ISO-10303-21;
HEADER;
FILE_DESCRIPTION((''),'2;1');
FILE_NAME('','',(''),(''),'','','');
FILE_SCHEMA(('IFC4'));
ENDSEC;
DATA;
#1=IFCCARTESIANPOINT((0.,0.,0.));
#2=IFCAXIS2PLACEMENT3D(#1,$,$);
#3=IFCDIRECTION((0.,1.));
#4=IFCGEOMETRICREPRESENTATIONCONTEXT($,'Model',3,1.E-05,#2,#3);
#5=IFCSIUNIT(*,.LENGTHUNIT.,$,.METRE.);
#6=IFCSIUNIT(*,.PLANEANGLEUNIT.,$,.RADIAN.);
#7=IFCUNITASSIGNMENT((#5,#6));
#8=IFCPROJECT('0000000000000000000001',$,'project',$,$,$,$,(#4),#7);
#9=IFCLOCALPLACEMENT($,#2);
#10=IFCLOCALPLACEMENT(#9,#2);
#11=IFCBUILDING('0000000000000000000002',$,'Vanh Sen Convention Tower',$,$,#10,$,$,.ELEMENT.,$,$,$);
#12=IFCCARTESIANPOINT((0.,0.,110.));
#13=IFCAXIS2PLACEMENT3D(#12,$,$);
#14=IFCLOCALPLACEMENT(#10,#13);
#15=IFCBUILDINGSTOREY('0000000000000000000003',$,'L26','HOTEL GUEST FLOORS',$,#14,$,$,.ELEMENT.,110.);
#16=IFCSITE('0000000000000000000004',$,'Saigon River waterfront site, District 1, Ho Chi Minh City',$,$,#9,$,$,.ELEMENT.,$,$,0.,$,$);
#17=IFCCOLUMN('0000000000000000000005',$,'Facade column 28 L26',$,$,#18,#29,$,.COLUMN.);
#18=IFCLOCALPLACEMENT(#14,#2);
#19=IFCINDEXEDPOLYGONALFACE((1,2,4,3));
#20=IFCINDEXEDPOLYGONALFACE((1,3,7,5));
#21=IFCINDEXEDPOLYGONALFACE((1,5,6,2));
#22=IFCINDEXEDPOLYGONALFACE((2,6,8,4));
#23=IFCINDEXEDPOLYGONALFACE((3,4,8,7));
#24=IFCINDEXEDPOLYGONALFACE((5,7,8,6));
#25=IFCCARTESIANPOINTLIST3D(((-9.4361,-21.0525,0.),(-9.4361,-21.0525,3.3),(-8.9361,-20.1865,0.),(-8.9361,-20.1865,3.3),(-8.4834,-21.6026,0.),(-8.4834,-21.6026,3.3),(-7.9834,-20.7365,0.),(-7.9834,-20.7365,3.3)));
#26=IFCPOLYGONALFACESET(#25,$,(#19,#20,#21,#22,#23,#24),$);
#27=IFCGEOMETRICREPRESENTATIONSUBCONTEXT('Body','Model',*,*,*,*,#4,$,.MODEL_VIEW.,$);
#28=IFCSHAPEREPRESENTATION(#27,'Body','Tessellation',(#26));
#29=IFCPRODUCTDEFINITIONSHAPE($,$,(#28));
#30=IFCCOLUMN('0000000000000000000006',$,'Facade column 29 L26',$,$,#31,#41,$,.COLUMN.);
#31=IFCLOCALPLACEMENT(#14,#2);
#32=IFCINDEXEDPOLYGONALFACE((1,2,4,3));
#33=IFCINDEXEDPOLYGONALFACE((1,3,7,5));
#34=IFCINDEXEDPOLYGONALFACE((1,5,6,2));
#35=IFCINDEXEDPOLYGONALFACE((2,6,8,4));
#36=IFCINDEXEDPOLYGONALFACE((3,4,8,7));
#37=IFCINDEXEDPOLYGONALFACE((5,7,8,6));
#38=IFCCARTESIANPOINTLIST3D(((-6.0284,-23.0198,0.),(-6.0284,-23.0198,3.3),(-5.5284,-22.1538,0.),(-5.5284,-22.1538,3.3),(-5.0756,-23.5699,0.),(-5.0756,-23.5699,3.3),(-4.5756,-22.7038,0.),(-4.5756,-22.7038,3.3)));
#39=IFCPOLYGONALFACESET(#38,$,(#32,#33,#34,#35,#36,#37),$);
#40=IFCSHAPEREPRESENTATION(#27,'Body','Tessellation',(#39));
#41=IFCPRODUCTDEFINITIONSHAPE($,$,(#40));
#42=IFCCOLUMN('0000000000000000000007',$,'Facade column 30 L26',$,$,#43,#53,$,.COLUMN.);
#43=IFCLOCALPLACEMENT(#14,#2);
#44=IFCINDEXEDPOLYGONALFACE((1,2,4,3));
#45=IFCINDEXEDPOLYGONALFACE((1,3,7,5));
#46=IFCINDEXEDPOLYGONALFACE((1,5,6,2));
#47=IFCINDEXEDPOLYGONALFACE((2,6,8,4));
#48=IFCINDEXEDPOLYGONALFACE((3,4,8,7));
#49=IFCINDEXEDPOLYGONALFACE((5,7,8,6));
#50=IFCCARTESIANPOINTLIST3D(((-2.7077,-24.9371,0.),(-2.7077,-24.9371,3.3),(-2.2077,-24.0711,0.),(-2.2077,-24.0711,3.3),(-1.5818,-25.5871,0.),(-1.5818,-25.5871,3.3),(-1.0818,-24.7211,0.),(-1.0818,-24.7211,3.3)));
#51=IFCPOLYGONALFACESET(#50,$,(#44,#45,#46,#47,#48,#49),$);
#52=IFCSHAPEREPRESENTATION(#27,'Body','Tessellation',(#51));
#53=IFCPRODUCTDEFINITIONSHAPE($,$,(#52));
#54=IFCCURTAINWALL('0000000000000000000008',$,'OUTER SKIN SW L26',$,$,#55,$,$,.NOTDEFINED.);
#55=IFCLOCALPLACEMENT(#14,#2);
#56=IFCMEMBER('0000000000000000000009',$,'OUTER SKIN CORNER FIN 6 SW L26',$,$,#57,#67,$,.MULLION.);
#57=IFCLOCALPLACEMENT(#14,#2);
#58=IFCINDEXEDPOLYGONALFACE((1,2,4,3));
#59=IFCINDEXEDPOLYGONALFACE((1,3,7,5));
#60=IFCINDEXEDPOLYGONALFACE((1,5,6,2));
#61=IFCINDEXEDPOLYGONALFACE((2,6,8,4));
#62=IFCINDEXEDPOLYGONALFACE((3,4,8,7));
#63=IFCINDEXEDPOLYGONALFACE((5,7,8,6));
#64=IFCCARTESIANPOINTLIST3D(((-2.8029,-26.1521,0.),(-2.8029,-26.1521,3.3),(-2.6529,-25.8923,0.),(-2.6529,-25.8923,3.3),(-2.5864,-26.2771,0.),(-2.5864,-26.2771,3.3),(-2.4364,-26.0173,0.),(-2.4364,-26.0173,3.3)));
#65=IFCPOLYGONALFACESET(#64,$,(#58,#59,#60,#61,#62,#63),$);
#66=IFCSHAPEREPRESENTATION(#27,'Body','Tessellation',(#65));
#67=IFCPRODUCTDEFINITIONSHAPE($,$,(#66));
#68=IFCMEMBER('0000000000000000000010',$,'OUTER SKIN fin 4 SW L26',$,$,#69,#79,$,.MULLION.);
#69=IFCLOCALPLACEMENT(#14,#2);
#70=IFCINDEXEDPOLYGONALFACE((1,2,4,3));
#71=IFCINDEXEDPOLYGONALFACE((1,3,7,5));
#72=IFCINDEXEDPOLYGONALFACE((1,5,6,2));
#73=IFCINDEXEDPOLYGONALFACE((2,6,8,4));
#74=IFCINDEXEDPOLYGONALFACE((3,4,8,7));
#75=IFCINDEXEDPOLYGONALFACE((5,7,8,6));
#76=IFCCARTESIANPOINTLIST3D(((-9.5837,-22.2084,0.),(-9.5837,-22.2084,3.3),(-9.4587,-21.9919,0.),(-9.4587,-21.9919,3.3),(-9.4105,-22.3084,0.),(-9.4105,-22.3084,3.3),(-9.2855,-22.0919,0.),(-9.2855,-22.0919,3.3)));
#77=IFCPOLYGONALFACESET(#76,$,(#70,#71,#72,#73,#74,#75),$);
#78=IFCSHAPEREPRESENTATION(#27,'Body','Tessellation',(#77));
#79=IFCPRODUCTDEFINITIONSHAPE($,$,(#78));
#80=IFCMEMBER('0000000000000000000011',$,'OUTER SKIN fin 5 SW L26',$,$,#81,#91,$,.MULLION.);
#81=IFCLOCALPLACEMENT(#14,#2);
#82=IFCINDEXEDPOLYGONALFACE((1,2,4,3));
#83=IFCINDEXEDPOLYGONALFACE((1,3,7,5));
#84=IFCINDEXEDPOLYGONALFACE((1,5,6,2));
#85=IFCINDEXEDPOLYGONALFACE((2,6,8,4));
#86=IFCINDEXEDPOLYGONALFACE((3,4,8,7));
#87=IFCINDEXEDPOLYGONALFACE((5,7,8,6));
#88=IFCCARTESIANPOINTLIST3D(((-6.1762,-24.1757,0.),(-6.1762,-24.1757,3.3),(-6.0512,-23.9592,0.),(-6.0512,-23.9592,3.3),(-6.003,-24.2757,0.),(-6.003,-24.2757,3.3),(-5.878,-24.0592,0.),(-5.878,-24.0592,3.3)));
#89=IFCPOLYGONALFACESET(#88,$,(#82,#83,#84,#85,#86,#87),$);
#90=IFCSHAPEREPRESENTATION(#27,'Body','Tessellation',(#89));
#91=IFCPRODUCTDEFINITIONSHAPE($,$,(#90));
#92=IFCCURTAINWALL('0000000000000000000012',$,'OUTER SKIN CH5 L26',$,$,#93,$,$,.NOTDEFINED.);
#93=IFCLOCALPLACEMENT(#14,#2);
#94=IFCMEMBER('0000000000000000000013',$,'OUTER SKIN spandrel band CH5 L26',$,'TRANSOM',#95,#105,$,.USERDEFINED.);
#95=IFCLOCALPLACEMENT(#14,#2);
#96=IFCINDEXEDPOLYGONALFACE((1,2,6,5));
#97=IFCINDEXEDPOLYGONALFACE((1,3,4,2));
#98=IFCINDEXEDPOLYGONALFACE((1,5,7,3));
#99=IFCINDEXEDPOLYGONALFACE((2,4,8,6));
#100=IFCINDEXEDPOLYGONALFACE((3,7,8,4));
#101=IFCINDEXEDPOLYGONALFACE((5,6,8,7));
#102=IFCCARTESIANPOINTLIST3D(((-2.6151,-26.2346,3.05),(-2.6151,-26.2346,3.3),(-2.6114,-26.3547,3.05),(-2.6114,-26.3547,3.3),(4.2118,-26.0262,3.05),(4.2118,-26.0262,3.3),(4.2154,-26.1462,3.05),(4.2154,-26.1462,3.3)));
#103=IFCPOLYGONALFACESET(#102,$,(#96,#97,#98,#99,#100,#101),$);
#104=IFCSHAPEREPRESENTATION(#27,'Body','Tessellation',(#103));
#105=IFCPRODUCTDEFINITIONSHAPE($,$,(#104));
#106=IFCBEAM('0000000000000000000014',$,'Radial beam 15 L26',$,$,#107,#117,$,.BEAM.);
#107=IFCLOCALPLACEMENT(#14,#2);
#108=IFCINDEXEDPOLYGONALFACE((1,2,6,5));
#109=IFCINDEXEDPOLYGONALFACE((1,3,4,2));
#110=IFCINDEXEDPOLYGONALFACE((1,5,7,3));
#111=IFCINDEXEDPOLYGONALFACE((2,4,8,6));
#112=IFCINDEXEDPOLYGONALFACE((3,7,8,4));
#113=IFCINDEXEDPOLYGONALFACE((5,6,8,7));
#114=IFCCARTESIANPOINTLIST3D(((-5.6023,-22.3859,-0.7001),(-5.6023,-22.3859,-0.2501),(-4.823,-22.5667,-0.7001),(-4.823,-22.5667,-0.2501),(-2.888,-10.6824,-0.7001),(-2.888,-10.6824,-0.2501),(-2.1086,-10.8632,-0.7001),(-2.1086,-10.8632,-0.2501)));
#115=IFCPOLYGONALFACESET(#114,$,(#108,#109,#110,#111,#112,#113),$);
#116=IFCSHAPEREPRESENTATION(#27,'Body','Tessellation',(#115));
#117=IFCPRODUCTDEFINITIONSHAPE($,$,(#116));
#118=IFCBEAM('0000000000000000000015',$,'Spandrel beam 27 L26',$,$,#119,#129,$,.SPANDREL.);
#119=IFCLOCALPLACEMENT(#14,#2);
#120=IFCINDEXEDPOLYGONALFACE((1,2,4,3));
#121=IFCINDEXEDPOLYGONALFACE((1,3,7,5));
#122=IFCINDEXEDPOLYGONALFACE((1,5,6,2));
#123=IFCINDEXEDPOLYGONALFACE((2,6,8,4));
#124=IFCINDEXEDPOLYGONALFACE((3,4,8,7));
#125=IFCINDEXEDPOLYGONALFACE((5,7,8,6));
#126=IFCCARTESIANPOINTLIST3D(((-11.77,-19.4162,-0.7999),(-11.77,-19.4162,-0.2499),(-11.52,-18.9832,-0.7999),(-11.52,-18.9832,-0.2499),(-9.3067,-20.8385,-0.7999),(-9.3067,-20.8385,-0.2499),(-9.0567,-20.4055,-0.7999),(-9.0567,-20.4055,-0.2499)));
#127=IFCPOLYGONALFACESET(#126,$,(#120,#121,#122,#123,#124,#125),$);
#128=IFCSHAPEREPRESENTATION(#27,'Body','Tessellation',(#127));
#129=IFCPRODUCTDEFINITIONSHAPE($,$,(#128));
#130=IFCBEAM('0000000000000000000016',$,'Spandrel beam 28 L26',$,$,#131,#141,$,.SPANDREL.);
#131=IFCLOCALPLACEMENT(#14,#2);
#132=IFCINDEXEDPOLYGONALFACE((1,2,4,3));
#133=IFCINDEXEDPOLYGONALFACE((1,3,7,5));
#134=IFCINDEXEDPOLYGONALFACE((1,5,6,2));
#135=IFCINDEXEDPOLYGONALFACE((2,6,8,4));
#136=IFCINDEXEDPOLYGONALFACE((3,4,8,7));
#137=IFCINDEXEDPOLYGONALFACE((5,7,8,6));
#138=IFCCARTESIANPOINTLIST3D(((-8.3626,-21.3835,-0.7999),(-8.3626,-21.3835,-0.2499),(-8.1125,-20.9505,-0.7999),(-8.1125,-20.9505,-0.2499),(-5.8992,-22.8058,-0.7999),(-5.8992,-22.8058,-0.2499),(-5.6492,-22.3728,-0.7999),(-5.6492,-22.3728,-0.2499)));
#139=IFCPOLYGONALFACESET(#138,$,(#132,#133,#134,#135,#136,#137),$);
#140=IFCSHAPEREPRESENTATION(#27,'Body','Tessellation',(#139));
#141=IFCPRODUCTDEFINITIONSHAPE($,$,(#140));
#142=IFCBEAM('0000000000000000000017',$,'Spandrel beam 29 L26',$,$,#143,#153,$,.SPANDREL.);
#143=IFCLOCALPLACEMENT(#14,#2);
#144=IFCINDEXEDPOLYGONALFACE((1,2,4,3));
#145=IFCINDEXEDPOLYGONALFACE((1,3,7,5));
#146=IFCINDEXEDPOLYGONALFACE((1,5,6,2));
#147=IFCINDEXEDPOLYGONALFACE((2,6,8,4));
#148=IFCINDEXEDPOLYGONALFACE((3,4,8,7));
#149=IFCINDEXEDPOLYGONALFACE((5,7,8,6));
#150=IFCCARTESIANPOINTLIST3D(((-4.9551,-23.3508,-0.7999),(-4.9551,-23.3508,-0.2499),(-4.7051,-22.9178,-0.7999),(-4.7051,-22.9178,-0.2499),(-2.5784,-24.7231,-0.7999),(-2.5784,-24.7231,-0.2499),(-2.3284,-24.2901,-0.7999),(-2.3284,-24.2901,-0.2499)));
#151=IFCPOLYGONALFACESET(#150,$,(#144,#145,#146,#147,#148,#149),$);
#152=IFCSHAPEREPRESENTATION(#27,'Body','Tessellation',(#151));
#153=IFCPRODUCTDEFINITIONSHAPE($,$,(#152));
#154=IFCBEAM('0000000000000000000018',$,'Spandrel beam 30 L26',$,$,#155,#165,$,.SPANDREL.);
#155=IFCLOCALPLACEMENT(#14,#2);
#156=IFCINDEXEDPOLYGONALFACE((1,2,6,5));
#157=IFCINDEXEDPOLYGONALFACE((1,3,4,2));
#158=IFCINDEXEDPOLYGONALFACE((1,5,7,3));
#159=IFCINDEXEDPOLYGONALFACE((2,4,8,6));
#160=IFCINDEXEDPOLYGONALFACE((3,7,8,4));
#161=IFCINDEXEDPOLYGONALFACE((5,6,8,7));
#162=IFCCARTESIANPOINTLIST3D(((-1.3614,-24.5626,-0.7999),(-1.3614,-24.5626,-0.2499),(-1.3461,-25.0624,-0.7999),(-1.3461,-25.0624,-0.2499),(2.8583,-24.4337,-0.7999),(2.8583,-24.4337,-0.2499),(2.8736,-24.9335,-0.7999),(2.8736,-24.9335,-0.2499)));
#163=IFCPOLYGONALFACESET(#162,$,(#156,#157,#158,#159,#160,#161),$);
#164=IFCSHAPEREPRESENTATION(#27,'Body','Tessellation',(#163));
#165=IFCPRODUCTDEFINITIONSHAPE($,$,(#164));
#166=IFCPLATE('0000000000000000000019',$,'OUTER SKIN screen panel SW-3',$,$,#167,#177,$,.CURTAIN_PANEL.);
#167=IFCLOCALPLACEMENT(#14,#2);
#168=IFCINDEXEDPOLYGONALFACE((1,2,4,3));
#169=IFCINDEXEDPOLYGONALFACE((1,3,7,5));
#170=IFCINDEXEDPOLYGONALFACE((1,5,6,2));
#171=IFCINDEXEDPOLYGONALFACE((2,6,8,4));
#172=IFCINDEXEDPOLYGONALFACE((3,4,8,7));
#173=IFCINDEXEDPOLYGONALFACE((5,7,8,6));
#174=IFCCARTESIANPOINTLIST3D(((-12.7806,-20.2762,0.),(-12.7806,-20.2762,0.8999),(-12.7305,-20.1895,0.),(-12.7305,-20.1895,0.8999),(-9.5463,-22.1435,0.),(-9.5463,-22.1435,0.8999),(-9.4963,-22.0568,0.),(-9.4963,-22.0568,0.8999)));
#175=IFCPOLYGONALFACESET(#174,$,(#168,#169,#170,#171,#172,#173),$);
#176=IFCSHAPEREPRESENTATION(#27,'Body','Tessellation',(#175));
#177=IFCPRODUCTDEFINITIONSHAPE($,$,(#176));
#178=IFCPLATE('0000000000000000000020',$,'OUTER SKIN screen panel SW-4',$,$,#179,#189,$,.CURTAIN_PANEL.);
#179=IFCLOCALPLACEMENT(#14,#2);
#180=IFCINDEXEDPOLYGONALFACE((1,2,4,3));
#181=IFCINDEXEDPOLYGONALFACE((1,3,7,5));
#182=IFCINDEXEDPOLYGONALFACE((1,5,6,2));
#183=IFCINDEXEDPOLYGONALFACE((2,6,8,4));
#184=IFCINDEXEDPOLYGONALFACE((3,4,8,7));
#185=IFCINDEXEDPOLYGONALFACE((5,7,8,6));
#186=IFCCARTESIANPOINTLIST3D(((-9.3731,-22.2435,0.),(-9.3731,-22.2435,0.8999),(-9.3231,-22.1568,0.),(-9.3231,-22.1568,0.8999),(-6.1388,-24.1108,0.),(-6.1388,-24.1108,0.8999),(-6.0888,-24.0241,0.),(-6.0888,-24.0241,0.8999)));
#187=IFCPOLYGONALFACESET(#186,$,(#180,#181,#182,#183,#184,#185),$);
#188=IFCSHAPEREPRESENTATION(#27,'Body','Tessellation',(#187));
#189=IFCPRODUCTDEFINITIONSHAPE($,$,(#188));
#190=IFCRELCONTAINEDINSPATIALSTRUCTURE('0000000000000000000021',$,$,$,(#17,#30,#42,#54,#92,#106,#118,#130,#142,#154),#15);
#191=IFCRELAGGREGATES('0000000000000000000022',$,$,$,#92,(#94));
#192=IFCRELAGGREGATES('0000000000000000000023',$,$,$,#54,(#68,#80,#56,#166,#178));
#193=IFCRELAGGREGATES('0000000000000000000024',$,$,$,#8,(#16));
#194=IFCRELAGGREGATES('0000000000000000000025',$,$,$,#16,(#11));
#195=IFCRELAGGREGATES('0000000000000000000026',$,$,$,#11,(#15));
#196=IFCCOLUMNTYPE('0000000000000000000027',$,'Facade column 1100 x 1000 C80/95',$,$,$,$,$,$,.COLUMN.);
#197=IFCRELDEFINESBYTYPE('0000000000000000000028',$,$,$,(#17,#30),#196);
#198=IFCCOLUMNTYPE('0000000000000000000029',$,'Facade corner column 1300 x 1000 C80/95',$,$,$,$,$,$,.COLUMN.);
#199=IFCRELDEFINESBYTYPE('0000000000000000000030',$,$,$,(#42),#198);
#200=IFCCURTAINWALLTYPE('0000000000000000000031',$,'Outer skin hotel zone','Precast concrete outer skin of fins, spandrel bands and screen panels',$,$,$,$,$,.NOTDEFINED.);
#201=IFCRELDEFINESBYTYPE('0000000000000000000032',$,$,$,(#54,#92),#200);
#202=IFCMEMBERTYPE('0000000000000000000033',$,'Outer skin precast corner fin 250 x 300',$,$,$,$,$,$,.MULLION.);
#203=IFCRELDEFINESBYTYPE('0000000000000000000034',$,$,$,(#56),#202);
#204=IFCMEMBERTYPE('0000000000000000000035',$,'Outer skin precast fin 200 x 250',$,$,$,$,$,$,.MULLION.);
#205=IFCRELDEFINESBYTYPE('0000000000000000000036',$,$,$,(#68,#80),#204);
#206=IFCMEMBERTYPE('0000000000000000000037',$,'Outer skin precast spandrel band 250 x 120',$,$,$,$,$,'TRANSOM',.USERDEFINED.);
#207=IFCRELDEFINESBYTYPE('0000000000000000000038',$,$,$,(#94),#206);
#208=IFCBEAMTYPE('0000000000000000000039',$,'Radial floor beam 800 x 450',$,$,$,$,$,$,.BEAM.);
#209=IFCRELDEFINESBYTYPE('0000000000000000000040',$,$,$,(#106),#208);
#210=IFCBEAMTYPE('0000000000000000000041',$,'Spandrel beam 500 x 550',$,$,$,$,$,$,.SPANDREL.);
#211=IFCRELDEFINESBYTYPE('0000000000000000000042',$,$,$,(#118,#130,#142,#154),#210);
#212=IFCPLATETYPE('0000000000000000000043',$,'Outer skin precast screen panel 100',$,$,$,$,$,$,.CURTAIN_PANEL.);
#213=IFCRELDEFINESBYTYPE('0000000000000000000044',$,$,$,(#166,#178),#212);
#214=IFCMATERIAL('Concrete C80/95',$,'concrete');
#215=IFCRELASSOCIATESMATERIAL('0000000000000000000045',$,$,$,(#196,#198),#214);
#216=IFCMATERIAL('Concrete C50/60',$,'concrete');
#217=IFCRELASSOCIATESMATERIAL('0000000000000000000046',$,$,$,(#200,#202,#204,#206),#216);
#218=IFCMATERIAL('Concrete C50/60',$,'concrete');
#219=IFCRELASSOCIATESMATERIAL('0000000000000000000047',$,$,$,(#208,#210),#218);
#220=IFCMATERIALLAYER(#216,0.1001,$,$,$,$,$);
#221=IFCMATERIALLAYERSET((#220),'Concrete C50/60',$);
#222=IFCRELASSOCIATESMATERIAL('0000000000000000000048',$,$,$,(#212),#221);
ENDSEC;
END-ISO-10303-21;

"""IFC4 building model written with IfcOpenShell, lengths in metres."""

from ifc_helpers import new_model, si_unit, direction, frame, origin, origin_2d, place, context, subcontext, project, spatial, rectangle, extrude, material, layer, layer_set, material_profile, profile_set, type_object, element, aggregate, save


model = new_model("IFC4")

# Units and contexts
model_context = context("Model", 3, precision=1e-05, world=origin(), true_north=direction((0.0, 1.0)))
body_context = subcontext(model_context, "Body", "Model", "MODEL_VIEW")
ifc_project = project(units=[si_unit("LENGTHUNIT", "METRE"), si_unit("PLANEANGLEUNIT", "RADIAN")], contexts=[model_context])

# Site, building, storey
site_placement = place(None, origin())
site = spatial("IfcSite", under=ifc_project, at=site_placement, Name="Saigon River waterfront site, District 1, Ho Chi Minh City", CompositionType="ELEMENT", RefElevation=0.0)
building_placement = place(site_placement, origin())
building = spatial("IfcBuilding", under=site, at=building_placement, Name="Vanh Sen Convention Tower", CompositionType="ELEMENT")
storey_placement = place(building_placement, frame((0.0, 0.0, 110.0)))
storey = spatial("IfcBuildingStorey", under=building, at=storey_placement, Name="L26", Description="HOTEL GUEST FLOORS", CompositionType="ELEMENT", Elevation=110.0)

# Columns
ifc_material_1 = material(Name="Concrete C80/95", Category="concrete")
ifc_material_profile_1 = material_profile(ifc_material_1, rectangle(XDim=1.1001, YDim=1.0, at=origin_2d()), Name="RC 1100X1000")
ifc_profile_set_1 = profile_set([ifc_material_profile_1], Name="Concrete C80/95")
column_type_1 = type_object("IfcColumnType", Name="Facade column 1100 x 1000 C80/95", PredefinedType="COLUMN", material=ifc_profile_set_1)
for number, where, z_axis, x_axis, name in (
    (1, (-8.7097, -20.8945, 0.0), (0.0, 0.0, 1.0), (0.866025, -0.5, 0.0), "Facade column 28 L26"),
    (2, (-5.302, -22.8618, 0.0), (0.0, 0.0, 1.0), (0.866025, -0.5, 0.0), "Facade column 29 L26"),
):
    element("IfcColumn", number, at=place(storey_placement, frame(where, z_axis=z_axis, x_axis=x_axis)), inside=storey, type_object=column_type_1, Name=name, PredefinedType="COLUMN", context=body_context, shape_type="SweptSolid", body=[
        extrude(rectangle(XDim=1.1001, YDim=1.0, at=origin_2d()), origin(), (0.0, 0.0, 1.0), 3.3),
    ])
ifc_material_profile_2 = material_profile(ifc_material_1, rectangle(XDim=1.3, YDim=1.0, at=origin_2d()), Name="RC 1300X1000")
ifc_profile_set_2 = profile_set([ifc_material_profile_2], Name="Concrete C80/95")
column_type_2 = type_object("IfcColumnType", Name="Facade corner column 1300 x 1000 C80/95", PredefinedType="COLUMN", material=ifc_profile_set_2)
column_placement = place(storey_placement, frame((-1.8948, -24.8291, 0.0), z_axis=(0.0, 0.0, 1.0), x_axis=(0.866025, -0.5, 0.0)))
element("IfcColumn", 3, at=column_placement, inside=storey, type_object=column_type_2, Name="Facade column 30 L26", PredefinedType="COLUMN", context=body_context, shape_type="SweptSolid", body=[
    extrude(rectangle(XDim=1.3, YDim=1.0, at=origin_2d()), origin(), (0.0, 0.0, 1.0), 3.3),
])

# Curtain wall, members
ifc_material_2 = material(Name="Concrete C50/60", Category="concrete")
curtain_wall_type = type_object("IfcCurtainWallType", Name="Outer skin hotel zone", Description="Precast concrete outer skin of fins, spandrel bands and screen panels", PredefinedType="NOTDEFINED", material=ifc_material_2)
curtain_wall_1_placement = place(storey_placement, origin())
curtain_wall_1 = element("IfcCurtainWall", 4, at=curtain_wall_1_placement, inside=storey, type_object=curtain_wall_type, Name="OUTER SKIN SW L26", PredefinedType="NOTDEFINED")
ifc_material_profile_3 = material_profile(ifc_material_2, rectangle(XDim=0.25, YDim=0.3, at=origin_2d()), Name="Outer skin precast corner fin 250 x 300")
ifc_profile_set_3 = profile_set([ifc_material_profile_3], Name="Concrete C50/60")
member_type_1 = type_object("IfcMemberType", Name="Outer skin precast corner fin 250 x 300", PredefinedType="MULLION", material=ifc_profile_set_3)
member_1_placement = place(storey_placement, frame((-2.6196, -26.0847, 0.0), z_axis=(0.0, 0.0, 1.0), x_axis=(0.866025, -0.5, 0.0)))
member_1 = element("IfcMember", 5, at=member_1_placement, type_object=member_type_1, Name="OUTER SKIN CORNER FIN 6 SW L26", PredefinedType="MULLION", context=body_context, shape_type="SweptSolid", body=[
    extrude(rectangle(XDim=0.25, YDim=0.3, at=origin_2d()), origin(), (0.0, 0.0, 1.0), 3.3),
])
ifc_material_profile_4 = material_profile(ifc_material_2, rectangle(XDim=0.2, YDim=0.25, at=origin_2d()), Name="Outer skin precast fin 200 x 250")
ifc_profile_set_4 = profile_set([ifc_material_profile_4], Name="Concrete C50/60")
member_type_2 = type_object("IfcMemberType", Name="Outer skin precast fin 200 x 250", PredefinedType="MULLION", material=ifc_profile_set_4)
member_2_placement = place(storey_placement, frame((-9.4346, -22.1501, 0.0), z_axis=(0.0, 0.0, 1.0), x_axis=(0.866025, -0.5, 0.0)))
member_2 = element("IfcMember", 6, at=member_2_placement, type_object=member_type_2, Name="OUTER SKIN fin 4 SW L26", PredefinedType="MULLION", context=body_context, shape_type="SweptSolid", body=[
    extrude(rectangle(XDim=0.2, YDim=0.25, at=origin_2d()), origin(), (0.0, 0.0, 1.0), 3.3),
])
member_3_placement = place(storey_placement, frame((-6.0271, -24.1174, 0.0), z_axis=(0.0, 0.0, 1.0), x_axis=(0.866025, -0.5, 0.0)))
member_3 = element("IfcMember", 7, at=member_3_placement, type_object=member_type_2, Name="OUTER SKIN fin 5 SW L26", PredefinedType="MULLION", context=body_context, shape_type="SweptSolid", body=[
    extrude(rectangle(XDim=0.2, YDim=0.25, at=origin_2d()), origin(), (0.0, 0.0, 1.0), 3.3),
])

# Curtain wall, member
curtain_wall_2_placement = place(storey_placement, origin())
curtain_wall_2 = element("IfcCurtainWall", 8, at=curtain_wall_2_placement, inside=storey, type_object=curtain_wall_type, Name="OUTER SKIN CH5 L26", PredefinedType="NOTDEFINED")
ifc_material_profile_5 = material_profile(ifc_material_2, rectangle(XDim=0.1201, YDim=0.25, at=origin_2d()), Name="Outer skin precast spandrel band 250 x 120")
ifc_profile_set_5 = profile_set([ifc_material_profile_5], Name="Concrete C50/60")
member_type_3 = type_object("IfcMemberType", Name="Outer skin precast spandrel band 250 x 120", ElementType="TRANSOM", PredefinedType="USERDEFINED", material=ifc_profile_set_5)
member_4_placement = place(storey_placement, frame((-2.6133, -26.2947, 3.175), z_axis=(0.999534, 0.030526, 0.0), x_axis=(-0.030526, 0.999534, 0.0)))
member_4 = element("IfcMember", 9, at=member_4_placement, type_object=member_type_3, Name="OUTER SKIN spandrel band CH5 L26", ObjectType="TRANSOM", PredefinedType="USERDEFINED", context=body_context, shape_type="SweptSolid", body=[
    extrude(rectangle(XDim=0.1201, YDim=0.25, at=origin_2d()), origin(), (0.0, 0.0, 1.0), 6.8301),
])
aggregate(curtain_wall_2, [member_4])

# Beams
ifc_material_3 = material(Name="Concrete C50/60", Category="concrete")
ifc_material_profile_6 = material_profile(ifc_material_3, rectangle(XDim=0.8, YDim=0.45, at=origin_2d()), Name="RC 800X450")
ifc_profile_set_6 = profile_set([ifc_material_profile_6], Name="Concrete C50/60")
beam_type_1 = type_object("IfcBeamType", Name="Radial floor beam 800 x 450", PredefinedType="BEAM", material=ifc_profile_set_6)
beam_1_placement = place(storey_placement, frame((-5.2126, -22.4763, -0.4751), z_axis=(0.225928, 0.974144, 0.0), x_axis=(-0.974144, 0.225928, 0.0)))
element("IfcBeam", 10, at=beam_1_placement, inside=storey, type_object=beam_type_1, Name="Radial beam 15 L26", PredefinedType="BEAM", context=body_context, shape_type="SweptSolid", body=[
    extrude(rectangle(XDim=0.8, YDim=0.45, at=origin_2d()), origin(), (0.0, 0.0, 1.0), 12.0142),
])
ifc_material_profile_7 = material_profile(ifc_material_3, rectangle(XDim=0.5, YDim=0.55, at=origin_2d()), Name="RC 500X550")
ifc_profile_set_7 = profile_set([ifc_material_profile_7], Name="Concrete C50/60")
beam_type_2 = type_object("IfcBeamType", Name="Spandrel beam 500 x 550", PredefinedType="SPANDREL", material=ifc_profile_set_7)
for number, where, z_axis, x_axis, name in (
    (11, (-11.645, -19.1997, -0.5249), (0.866005, -0.500034, 0.0), (0.500034, 0.866005, 0.0), "Spandrel beam 27 L26"),
    (12, (-8.2375, -21.167, -0.5249), (0.866005, -0.500034, 0.0), (0.500034, 0.866005, 0.0), "Spandrel beam 28 L26"),
):
    element("IfcBeam", number, at=place(storey_placement, frame(where, z_axis=z_axis, x_axis=x_axis)), inside=storey, type_object=beam_type_2, Name=name, PredefinedType="SPANDREL", context=body_context, shape_type="SweptSolid", body=[
        extrude(rectangle(XDim=0.5, YDim=0.55, at=origin_2d()), origin(), (0.0, 0.0, 1.0), 2.8445),
    ])
beam_2_placement = place(storey_placement, frame((-4.8301, -23.1343, -0.5249), z_axis=(0.866006, -0.500033, 0.0), x_axis=(0.500033, 0.866006, 0.0)))
element("IfcBeam", 13, at=beam_2_placement, inside=storey, type_object=beam_type_2, Name="Spandrel beam 29 L26", PredefinedType="SPANDREL", context=body_context, shape_type="SweptSolid", body=[
    extrude(rectangle(XDim=0.5, YDim=0.55, at=origin_2d()), origin(), (0.0, 0.0, 1.0), 2.7444),
])
beam_3_placement = place(storey_placement, frame((-1.3538, -24.8125, -0.5249), z_axis=(0.999534, 0.030534, 0.0), x_axis=(-0.030534, 0.999534, 0.0)))
element("IfcBeam", 14, at=beam_3_placement, inside=storey, type_object=beam_type_2, Name="Spandrel beam 30 L26", PredefinedType="SPANDREL", context=body_context, shape_type="SweptSolid", body=[
    extrude(rectangle(XDim=0.5, YDim=0.55, at=origin_2d()), origin(), (0.0, 0.0, 1.0), 4.2217),
])

# Plates
ifc_layer_1 = layer(ifc_material_2, 0.1001)
ifc_layer_set_1 = layer_set([ifc_layer_1], Name="Concrete C50/60")
plate_type = type_object("IfcPlateType", Name="Outer skin precast screen panel 100", PredefinedType="CURTAIN_PANEL", material=ifc_layer_set_1)
plate_1_placement = place(storey_placement, frame((-11.1384, -21.1665, 0.0), z_axis=(0.0, 0.0, 1.0), x_axis=(0.866028, -0.499995, 0.0)))
plate_1 = element("IfcPlate", 15, at=plate_1_placement, type_object=plate_type, Name="OUTER SKIN screen panel SW-3", PredefinedType="CURTAIN_PANEL", context=body_context, shape_type="SweptSolid", body=[
    extrude(rectangle(XDim=3.7346, YDim=0.1001, at=origin_2d()), origin(), (0.0, 0.0, 1.0), 0.8999),
])
plate_2_placement = place(storey_placement, frame((-7.731, -23.1338, 0.0), z_axis=(0.0, 0.0, 1.0), x_axis=(0.866028, -0.499995, 0.0)))
plate_2 = element("IfcPlate", 16, at=plate_2_placement, type_object=plate_type, Name="OUTER SKIN screen panel SW-4", PredefinedType="CURTAIN_PANEL", context=body_context, shape_type="SweptSolid", body=[
    extrude(rectangle(XDim=3.7346, YDim=0.1001, at=origin_2d()), origin(), (0.0, 0.0, 1.0), 0.8999),
])
aggregate(curtain_wall_1, [member_2, member_3, member_1, plate_1, plate_2])

save(model, "model.ifc")
